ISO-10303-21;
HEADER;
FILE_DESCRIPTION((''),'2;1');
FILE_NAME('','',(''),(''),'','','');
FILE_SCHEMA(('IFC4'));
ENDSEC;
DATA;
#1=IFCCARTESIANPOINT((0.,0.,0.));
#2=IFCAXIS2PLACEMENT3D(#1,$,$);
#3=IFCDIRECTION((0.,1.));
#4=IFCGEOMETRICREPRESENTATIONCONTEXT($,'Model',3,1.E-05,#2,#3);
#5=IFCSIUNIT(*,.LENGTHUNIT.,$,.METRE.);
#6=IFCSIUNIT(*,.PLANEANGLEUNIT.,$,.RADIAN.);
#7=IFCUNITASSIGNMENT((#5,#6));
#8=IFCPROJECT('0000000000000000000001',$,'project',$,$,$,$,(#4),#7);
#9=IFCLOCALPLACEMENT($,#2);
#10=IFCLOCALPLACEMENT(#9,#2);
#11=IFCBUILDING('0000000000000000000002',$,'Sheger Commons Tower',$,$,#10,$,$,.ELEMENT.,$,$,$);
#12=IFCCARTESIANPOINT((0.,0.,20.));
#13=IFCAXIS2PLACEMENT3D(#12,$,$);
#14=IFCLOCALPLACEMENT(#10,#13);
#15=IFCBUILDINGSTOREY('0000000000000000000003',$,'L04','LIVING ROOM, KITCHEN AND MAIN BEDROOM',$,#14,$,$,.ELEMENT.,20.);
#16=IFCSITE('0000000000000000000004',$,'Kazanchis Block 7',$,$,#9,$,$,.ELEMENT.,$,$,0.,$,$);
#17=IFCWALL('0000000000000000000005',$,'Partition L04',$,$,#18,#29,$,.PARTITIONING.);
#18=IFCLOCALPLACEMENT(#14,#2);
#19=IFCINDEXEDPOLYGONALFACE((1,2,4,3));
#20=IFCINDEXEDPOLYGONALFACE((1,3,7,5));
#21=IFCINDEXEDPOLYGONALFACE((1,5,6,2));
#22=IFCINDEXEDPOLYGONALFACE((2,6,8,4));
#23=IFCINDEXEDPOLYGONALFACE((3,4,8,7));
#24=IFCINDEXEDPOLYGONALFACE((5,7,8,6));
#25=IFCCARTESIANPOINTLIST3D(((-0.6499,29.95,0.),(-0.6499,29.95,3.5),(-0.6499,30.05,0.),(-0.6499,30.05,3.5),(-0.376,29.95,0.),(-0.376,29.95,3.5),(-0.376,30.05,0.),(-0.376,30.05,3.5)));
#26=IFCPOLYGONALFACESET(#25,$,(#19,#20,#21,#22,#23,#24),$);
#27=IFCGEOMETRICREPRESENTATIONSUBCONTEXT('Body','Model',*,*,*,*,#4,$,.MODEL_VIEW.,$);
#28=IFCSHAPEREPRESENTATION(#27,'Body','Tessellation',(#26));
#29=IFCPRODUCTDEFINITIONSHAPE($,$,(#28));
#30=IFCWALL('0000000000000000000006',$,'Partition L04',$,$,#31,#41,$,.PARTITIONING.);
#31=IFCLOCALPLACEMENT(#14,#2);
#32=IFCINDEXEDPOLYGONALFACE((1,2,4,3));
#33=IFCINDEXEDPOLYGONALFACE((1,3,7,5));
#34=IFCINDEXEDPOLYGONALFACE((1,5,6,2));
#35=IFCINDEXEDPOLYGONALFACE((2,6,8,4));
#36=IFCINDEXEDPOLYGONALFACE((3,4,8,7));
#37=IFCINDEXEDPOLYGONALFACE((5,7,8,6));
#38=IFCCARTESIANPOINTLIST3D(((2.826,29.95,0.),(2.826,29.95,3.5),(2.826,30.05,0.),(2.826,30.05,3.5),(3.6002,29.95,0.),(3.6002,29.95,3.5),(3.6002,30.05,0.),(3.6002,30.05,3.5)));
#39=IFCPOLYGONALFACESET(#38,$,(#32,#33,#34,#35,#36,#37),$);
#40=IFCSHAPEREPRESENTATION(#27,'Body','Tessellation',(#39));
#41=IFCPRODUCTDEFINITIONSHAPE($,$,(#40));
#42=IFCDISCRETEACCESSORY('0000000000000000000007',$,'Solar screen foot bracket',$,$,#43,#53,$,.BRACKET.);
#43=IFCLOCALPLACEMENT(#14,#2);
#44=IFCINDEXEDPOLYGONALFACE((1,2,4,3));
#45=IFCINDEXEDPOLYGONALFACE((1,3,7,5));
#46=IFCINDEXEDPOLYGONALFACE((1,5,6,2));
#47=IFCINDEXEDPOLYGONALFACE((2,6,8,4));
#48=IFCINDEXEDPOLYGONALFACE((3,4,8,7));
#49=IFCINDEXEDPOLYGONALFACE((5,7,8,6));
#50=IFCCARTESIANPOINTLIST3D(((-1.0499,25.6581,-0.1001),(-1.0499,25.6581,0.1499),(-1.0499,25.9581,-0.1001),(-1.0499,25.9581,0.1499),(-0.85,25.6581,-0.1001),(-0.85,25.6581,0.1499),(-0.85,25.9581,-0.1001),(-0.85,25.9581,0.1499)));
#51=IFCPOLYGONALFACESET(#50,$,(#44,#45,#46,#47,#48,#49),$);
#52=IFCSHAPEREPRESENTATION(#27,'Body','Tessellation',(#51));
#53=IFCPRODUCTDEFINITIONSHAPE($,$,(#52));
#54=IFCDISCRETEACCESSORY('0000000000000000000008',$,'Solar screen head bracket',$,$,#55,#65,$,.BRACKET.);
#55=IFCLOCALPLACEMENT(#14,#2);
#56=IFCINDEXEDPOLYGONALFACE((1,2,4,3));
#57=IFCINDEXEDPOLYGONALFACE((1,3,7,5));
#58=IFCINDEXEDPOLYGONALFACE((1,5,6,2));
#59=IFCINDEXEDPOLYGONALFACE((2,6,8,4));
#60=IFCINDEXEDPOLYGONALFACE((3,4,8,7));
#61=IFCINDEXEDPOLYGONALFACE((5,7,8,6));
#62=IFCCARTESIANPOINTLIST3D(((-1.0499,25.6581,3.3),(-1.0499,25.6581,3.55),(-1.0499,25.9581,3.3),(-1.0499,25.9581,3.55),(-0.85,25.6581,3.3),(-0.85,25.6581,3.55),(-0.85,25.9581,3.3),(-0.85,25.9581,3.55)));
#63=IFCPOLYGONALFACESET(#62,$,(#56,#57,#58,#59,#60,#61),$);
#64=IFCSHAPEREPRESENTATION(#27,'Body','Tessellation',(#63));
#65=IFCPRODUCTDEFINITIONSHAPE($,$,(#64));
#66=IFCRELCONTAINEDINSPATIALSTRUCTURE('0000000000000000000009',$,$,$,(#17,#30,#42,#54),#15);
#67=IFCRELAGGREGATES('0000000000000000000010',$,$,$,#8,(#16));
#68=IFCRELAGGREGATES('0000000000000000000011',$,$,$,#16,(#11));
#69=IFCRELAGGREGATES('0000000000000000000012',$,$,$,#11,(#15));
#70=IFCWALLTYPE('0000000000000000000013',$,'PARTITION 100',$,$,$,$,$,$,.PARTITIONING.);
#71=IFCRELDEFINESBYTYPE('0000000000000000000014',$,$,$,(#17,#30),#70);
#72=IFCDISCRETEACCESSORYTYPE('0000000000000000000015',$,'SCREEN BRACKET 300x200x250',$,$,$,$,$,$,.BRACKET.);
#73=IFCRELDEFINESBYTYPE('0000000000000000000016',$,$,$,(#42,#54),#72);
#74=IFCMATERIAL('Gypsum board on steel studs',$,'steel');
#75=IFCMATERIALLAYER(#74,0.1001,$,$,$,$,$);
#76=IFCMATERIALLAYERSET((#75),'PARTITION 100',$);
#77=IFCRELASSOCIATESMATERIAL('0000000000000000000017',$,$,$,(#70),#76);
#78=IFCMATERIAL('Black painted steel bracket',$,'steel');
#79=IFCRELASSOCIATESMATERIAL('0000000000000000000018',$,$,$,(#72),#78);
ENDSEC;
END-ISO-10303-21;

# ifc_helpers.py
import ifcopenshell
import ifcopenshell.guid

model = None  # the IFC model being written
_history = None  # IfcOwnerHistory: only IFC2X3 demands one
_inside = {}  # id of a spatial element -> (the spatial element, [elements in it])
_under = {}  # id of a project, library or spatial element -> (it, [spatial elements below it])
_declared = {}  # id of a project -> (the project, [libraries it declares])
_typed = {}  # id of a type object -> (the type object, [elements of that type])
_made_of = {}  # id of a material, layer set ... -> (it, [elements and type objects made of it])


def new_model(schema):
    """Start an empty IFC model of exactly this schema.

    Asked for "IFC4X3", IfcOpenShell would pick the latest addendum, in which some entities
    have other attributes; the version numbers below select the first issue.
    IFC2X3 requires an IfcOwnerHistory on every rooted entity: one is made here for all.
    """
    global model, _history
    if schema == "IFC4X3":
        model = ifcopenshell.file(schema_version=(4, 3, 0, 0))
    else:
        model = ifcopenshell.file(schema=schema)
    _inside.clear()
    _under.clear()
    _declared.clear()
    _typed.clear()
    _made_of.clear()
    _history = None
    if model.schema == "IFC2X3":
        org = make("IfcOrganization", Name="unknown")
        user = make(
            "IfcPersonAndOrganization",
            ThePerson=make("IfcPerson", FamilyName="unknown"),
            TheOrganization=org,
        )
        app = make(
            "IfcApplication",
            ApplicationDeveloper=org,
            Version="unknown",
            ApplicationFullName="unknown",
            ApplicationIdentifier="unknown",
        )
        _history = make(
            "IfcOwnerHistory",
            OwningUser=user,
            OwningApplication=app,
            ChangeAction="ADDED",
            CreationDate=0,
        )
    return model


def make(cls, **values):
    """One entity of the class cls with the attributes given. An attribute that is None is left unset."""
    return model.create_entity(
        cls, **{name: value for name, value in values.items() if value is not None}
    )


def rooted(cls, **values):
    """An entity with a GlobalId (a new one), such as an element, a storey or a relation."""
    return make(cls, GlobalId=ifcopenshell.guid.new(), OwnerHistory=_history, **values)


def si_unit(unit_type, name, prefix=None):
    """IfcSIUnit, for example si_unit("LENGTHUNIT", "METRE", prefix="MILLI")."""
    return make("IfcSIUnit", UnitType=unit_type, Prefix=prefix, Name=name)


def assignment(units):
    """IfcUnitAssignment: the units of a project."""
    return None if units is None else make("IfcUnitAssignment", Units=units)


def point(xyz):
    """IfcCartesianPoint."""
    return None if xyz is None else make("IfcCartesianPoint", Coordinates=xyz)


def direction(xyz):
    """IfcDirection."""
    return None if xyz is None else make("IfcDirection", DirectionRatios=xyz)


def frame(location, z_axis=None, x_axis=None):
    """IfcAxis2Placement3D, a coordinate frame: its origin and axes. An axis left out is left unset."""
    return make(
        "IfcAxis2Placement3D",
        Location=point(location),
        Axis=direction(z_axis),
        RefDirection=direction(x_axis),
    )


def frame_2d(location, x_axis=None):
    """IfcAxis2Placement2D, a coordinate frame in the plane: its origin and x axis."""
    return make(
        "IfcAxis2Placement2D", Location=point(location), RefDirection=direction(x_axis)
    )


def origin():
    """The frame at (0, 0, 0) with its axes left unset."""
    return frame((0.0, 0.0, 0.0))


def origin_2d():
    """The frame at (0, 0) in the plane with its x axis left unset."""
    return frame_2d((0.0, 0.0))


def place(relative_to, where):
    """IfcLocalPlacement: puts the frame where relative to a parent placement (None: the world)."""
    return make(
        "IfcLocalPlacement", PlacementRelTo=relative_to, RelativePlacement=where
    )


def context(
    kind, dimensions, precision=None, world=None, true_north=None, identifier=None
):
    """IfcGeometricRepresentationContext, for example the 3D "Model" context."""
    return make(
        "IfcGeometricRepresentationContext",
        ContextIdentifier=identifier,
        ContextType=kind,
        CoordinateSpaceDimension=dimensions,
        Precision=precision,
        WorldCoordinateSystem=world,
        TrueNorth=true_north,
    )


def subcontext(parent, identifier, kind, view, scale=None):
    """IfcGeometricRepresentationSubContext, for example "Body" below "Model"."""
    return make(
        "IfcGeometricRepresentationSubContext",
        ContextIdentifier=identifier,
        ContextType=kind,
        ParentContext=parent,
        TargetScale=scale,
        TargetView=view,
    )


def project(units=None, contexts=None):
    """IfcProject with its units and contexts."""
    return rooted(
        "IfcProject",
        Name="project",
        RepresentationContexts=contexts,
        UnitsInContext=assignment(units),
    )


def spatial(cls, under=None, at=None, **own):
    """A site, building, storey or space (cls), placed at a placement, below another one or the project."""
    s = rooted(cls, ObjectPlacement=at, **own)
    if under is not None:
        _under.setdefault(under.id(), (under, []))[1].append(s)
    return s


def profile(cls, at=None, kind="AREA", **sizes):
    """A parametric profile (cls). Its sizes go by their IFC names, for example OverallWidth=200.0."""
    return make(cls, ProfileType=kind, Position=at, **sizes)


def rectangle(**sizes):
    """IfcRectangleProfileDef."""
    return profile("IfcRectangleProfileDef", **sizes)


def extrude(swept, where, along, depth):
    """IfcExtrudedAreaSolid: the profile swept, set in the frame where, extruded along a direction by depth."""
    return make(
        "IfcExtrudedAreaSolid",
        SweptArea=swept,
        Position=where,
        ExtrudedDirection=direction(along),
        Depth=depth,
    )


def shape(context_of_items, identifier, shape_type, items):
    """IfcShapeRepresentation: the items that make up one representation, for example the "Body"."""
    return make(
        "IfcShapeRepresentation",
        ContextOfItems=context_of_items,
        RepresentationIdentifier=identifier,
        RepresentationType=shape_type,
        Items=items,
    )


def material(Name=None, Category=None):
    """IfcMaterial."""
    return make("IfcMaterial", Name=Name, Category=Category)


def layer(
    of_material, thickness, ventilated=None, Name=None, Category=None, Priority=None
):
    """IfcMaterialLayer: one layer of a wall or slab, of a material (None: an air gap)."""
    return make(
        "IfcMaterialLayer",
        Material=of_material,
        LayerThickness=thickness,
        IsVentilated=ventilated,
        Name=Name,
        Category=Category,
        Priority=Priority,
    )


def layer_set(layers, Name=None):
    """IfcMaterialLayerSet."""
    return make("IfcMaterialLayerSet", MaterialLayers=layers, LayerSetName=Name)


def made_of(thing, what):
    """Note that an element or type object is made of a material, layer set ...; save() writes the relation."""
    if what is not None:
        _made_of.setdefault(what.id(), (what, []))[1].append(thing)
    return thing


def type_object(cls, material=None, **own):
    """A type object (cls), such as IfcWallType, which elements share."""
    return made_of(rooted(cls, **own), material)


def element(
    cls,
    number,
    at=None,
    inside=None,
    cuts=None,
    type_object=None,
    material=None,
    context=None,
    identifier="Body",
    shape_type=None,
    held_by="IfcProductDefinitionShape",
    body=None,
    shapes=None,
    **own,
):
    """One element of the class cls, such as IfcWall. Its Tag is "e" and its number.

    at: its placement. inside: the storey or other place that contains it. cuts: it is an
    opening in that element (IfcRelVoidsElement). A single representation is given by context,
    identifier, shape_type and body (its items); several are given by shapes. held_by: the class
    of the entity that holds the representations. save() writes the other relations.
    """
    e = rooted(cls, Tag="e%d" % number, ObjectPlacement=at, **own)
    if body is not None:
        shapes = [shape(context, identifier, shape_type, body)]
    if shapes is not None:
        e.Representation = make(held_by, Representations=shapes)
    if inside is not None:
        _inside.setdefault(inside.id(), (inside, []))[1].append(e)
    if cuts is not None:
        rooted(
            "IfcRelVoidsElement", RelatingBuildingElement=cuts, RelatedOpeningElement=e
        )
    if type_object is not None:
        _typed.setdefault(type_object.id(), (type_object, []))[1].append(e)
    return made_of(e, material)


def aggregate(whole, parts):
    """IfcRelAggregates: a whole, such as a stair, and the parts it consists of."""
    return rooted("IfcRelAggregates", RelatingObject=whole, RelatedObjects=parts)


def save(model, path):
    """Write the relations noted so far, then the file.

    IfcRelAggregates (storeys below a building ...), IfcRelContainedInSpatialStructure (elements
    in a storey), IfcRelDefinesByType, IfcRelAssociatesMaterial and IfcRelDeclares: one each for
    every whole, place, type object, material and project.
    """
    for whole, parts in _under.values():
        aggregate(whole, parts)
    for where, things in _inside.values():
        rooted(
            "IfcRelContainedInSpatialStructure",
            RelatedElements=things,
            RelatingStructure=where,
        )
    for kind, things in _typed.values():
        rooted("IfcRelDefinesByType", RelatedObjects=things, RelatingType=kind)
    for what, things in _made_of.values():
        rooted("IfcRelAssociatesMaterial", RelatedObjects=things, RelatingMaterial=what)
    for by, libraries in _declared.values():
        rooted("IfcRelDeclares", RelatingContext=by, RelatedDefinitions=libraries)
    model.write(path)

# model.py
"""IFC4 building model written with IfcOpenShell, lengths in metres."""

from ifc_helpers import new_model, si_unit, direction, frame, frame_2d, origin, origin_2d, place, context, subcontext, project, spatial, rectangle, extrude, material, layer, layer_set, type_object, element, save


model = new_model("IFC4")

# Units and contexts
model_context = context("Model", 3, precision=1e-05, world=origin(), true_north=direction((0.0, 1.0)))
body_context = subcontext(model_context, "Body", "Model", "MODEL_VIEW")
ifc_project = project(units=[si_unit("LENGTHUNIT", "METRE"), si_unit("PLANEANGLEUNIT", "RADIAN")], contexts=[model_context])

# Site, building, storey
site_placement = place(None, origin())
site = spatial("IfcSite", under=ifc_project, at=site_placement, Name="Kazanchis Block 7", CompositionType="ELEMENT", RefElevation=0.0)
building_placement = place(site_placement, origin())
building = spatial("IfcBuilding", under=site, at=building_placement, Name="Sheger Commons Tower", CompositionType="ELEMENT")
storey_placement = place(building_placement, frame((0.0, 0.0, 20.0)))
storey = spatial("IfcBuildingStorey", under=building, at=storey_placement, Name="L04", Description="LIVING ROOM, KITCHEN AND MAIN BEDROOM", CompositionType="ELEMENT", Elevation=20.0)

# Shared definitions
ifc_material_1 = material(Name="Gypsum board on steel studs", Category="steel")
ifc_layer_1 = layer(ifc_material_1, 0.1001)
ifc_layer_set_1 = layer_set([ifc_layer_1], Name="PARTITION 100")
wall_type_1 = type_object("IfcWallType", Name="PARTITION 100", PredefinedType="PARTITIONING", material=ifc_layer_set_1)

# Walls
wall_1_placement = place(storey_placement, frame((-0.6499, 30.0, 0.0), z_axis=(0.0, 0.0, 1.0), x_axis=(1.0, 0.0, 0.0)))
element("IfcWall", 1, at=wall_1_placement, inside=storey, type_object=wall_type_1, Name="Partition L04", PredefinedType="PARTITIONING", context=body_context, shape_type="SweptSolid", body=[
    extrude(rectangle(XDim=0.2739, YDim=0.1001, at=frame_2d((0.137, 0.0))), origin(), (0.0, 0.0, 1.0), 3.5),
])
wall_2_placement = place(storey_placement, frame((2.8259, 30.0, 0.0), z_axis=(0.0, 0.0, 1.0), x_axis=(1.0, 0.0, 0.0)))
element("IfcWall", 2, at=wall_2_placement, inside=storey, type_object=wall_type_1, Name="Partition L04", PredefinedType="PARTITIONING", context=body_context, shape_type="SweptSolid", body=[
    extrude(rectangle(XDim=0.7742, YDim=0.1001, at=frame_2d((0.3872, 0.0))), origin(), (0.0, 0.0, 1.0), 3.5),
])

# Discrete accessories
ifc_material_2 = material(Name="Black painted steel bracket", Category="steel")
discrete_accessory_type = type_object("IfcDiscreteAccessoryType", Name="SCREEN BRACKET 300x200x250", PredefinedType="BRACKET", material=ifc_material_2)
for number, where, z_axis, x_axis, name in (
    (3, (-0.95, 25.8081, -0.1001), (0.0, 0.0, 1.0), (0.0, -1.0, 0.0), "Solar screen foot bracket"),
    (4, (-0.95, 25.8081, 3.3), (0.0, 0.0, 1.0), (0.0, -1.0, 0.0), "Solar screen head bracket"),
):
    element("IfcDiscreteAccessory", number, at=place(storey_placement, frame(where, z_axis=z_axis, x_axis=x_axis)), inside=storey, type_object=discrete_accessory_type, Name=name, PredefinedType="BRACKET", context=body_context, shape_type="SweptSolid", body=[
        extrude(rectangle(XDim=0.3, YDim=0.2, at=origin_2d()), origin(), (0.0, 0.0, 1.0), 0.25),
    ])

save(model, "model.ifc")
